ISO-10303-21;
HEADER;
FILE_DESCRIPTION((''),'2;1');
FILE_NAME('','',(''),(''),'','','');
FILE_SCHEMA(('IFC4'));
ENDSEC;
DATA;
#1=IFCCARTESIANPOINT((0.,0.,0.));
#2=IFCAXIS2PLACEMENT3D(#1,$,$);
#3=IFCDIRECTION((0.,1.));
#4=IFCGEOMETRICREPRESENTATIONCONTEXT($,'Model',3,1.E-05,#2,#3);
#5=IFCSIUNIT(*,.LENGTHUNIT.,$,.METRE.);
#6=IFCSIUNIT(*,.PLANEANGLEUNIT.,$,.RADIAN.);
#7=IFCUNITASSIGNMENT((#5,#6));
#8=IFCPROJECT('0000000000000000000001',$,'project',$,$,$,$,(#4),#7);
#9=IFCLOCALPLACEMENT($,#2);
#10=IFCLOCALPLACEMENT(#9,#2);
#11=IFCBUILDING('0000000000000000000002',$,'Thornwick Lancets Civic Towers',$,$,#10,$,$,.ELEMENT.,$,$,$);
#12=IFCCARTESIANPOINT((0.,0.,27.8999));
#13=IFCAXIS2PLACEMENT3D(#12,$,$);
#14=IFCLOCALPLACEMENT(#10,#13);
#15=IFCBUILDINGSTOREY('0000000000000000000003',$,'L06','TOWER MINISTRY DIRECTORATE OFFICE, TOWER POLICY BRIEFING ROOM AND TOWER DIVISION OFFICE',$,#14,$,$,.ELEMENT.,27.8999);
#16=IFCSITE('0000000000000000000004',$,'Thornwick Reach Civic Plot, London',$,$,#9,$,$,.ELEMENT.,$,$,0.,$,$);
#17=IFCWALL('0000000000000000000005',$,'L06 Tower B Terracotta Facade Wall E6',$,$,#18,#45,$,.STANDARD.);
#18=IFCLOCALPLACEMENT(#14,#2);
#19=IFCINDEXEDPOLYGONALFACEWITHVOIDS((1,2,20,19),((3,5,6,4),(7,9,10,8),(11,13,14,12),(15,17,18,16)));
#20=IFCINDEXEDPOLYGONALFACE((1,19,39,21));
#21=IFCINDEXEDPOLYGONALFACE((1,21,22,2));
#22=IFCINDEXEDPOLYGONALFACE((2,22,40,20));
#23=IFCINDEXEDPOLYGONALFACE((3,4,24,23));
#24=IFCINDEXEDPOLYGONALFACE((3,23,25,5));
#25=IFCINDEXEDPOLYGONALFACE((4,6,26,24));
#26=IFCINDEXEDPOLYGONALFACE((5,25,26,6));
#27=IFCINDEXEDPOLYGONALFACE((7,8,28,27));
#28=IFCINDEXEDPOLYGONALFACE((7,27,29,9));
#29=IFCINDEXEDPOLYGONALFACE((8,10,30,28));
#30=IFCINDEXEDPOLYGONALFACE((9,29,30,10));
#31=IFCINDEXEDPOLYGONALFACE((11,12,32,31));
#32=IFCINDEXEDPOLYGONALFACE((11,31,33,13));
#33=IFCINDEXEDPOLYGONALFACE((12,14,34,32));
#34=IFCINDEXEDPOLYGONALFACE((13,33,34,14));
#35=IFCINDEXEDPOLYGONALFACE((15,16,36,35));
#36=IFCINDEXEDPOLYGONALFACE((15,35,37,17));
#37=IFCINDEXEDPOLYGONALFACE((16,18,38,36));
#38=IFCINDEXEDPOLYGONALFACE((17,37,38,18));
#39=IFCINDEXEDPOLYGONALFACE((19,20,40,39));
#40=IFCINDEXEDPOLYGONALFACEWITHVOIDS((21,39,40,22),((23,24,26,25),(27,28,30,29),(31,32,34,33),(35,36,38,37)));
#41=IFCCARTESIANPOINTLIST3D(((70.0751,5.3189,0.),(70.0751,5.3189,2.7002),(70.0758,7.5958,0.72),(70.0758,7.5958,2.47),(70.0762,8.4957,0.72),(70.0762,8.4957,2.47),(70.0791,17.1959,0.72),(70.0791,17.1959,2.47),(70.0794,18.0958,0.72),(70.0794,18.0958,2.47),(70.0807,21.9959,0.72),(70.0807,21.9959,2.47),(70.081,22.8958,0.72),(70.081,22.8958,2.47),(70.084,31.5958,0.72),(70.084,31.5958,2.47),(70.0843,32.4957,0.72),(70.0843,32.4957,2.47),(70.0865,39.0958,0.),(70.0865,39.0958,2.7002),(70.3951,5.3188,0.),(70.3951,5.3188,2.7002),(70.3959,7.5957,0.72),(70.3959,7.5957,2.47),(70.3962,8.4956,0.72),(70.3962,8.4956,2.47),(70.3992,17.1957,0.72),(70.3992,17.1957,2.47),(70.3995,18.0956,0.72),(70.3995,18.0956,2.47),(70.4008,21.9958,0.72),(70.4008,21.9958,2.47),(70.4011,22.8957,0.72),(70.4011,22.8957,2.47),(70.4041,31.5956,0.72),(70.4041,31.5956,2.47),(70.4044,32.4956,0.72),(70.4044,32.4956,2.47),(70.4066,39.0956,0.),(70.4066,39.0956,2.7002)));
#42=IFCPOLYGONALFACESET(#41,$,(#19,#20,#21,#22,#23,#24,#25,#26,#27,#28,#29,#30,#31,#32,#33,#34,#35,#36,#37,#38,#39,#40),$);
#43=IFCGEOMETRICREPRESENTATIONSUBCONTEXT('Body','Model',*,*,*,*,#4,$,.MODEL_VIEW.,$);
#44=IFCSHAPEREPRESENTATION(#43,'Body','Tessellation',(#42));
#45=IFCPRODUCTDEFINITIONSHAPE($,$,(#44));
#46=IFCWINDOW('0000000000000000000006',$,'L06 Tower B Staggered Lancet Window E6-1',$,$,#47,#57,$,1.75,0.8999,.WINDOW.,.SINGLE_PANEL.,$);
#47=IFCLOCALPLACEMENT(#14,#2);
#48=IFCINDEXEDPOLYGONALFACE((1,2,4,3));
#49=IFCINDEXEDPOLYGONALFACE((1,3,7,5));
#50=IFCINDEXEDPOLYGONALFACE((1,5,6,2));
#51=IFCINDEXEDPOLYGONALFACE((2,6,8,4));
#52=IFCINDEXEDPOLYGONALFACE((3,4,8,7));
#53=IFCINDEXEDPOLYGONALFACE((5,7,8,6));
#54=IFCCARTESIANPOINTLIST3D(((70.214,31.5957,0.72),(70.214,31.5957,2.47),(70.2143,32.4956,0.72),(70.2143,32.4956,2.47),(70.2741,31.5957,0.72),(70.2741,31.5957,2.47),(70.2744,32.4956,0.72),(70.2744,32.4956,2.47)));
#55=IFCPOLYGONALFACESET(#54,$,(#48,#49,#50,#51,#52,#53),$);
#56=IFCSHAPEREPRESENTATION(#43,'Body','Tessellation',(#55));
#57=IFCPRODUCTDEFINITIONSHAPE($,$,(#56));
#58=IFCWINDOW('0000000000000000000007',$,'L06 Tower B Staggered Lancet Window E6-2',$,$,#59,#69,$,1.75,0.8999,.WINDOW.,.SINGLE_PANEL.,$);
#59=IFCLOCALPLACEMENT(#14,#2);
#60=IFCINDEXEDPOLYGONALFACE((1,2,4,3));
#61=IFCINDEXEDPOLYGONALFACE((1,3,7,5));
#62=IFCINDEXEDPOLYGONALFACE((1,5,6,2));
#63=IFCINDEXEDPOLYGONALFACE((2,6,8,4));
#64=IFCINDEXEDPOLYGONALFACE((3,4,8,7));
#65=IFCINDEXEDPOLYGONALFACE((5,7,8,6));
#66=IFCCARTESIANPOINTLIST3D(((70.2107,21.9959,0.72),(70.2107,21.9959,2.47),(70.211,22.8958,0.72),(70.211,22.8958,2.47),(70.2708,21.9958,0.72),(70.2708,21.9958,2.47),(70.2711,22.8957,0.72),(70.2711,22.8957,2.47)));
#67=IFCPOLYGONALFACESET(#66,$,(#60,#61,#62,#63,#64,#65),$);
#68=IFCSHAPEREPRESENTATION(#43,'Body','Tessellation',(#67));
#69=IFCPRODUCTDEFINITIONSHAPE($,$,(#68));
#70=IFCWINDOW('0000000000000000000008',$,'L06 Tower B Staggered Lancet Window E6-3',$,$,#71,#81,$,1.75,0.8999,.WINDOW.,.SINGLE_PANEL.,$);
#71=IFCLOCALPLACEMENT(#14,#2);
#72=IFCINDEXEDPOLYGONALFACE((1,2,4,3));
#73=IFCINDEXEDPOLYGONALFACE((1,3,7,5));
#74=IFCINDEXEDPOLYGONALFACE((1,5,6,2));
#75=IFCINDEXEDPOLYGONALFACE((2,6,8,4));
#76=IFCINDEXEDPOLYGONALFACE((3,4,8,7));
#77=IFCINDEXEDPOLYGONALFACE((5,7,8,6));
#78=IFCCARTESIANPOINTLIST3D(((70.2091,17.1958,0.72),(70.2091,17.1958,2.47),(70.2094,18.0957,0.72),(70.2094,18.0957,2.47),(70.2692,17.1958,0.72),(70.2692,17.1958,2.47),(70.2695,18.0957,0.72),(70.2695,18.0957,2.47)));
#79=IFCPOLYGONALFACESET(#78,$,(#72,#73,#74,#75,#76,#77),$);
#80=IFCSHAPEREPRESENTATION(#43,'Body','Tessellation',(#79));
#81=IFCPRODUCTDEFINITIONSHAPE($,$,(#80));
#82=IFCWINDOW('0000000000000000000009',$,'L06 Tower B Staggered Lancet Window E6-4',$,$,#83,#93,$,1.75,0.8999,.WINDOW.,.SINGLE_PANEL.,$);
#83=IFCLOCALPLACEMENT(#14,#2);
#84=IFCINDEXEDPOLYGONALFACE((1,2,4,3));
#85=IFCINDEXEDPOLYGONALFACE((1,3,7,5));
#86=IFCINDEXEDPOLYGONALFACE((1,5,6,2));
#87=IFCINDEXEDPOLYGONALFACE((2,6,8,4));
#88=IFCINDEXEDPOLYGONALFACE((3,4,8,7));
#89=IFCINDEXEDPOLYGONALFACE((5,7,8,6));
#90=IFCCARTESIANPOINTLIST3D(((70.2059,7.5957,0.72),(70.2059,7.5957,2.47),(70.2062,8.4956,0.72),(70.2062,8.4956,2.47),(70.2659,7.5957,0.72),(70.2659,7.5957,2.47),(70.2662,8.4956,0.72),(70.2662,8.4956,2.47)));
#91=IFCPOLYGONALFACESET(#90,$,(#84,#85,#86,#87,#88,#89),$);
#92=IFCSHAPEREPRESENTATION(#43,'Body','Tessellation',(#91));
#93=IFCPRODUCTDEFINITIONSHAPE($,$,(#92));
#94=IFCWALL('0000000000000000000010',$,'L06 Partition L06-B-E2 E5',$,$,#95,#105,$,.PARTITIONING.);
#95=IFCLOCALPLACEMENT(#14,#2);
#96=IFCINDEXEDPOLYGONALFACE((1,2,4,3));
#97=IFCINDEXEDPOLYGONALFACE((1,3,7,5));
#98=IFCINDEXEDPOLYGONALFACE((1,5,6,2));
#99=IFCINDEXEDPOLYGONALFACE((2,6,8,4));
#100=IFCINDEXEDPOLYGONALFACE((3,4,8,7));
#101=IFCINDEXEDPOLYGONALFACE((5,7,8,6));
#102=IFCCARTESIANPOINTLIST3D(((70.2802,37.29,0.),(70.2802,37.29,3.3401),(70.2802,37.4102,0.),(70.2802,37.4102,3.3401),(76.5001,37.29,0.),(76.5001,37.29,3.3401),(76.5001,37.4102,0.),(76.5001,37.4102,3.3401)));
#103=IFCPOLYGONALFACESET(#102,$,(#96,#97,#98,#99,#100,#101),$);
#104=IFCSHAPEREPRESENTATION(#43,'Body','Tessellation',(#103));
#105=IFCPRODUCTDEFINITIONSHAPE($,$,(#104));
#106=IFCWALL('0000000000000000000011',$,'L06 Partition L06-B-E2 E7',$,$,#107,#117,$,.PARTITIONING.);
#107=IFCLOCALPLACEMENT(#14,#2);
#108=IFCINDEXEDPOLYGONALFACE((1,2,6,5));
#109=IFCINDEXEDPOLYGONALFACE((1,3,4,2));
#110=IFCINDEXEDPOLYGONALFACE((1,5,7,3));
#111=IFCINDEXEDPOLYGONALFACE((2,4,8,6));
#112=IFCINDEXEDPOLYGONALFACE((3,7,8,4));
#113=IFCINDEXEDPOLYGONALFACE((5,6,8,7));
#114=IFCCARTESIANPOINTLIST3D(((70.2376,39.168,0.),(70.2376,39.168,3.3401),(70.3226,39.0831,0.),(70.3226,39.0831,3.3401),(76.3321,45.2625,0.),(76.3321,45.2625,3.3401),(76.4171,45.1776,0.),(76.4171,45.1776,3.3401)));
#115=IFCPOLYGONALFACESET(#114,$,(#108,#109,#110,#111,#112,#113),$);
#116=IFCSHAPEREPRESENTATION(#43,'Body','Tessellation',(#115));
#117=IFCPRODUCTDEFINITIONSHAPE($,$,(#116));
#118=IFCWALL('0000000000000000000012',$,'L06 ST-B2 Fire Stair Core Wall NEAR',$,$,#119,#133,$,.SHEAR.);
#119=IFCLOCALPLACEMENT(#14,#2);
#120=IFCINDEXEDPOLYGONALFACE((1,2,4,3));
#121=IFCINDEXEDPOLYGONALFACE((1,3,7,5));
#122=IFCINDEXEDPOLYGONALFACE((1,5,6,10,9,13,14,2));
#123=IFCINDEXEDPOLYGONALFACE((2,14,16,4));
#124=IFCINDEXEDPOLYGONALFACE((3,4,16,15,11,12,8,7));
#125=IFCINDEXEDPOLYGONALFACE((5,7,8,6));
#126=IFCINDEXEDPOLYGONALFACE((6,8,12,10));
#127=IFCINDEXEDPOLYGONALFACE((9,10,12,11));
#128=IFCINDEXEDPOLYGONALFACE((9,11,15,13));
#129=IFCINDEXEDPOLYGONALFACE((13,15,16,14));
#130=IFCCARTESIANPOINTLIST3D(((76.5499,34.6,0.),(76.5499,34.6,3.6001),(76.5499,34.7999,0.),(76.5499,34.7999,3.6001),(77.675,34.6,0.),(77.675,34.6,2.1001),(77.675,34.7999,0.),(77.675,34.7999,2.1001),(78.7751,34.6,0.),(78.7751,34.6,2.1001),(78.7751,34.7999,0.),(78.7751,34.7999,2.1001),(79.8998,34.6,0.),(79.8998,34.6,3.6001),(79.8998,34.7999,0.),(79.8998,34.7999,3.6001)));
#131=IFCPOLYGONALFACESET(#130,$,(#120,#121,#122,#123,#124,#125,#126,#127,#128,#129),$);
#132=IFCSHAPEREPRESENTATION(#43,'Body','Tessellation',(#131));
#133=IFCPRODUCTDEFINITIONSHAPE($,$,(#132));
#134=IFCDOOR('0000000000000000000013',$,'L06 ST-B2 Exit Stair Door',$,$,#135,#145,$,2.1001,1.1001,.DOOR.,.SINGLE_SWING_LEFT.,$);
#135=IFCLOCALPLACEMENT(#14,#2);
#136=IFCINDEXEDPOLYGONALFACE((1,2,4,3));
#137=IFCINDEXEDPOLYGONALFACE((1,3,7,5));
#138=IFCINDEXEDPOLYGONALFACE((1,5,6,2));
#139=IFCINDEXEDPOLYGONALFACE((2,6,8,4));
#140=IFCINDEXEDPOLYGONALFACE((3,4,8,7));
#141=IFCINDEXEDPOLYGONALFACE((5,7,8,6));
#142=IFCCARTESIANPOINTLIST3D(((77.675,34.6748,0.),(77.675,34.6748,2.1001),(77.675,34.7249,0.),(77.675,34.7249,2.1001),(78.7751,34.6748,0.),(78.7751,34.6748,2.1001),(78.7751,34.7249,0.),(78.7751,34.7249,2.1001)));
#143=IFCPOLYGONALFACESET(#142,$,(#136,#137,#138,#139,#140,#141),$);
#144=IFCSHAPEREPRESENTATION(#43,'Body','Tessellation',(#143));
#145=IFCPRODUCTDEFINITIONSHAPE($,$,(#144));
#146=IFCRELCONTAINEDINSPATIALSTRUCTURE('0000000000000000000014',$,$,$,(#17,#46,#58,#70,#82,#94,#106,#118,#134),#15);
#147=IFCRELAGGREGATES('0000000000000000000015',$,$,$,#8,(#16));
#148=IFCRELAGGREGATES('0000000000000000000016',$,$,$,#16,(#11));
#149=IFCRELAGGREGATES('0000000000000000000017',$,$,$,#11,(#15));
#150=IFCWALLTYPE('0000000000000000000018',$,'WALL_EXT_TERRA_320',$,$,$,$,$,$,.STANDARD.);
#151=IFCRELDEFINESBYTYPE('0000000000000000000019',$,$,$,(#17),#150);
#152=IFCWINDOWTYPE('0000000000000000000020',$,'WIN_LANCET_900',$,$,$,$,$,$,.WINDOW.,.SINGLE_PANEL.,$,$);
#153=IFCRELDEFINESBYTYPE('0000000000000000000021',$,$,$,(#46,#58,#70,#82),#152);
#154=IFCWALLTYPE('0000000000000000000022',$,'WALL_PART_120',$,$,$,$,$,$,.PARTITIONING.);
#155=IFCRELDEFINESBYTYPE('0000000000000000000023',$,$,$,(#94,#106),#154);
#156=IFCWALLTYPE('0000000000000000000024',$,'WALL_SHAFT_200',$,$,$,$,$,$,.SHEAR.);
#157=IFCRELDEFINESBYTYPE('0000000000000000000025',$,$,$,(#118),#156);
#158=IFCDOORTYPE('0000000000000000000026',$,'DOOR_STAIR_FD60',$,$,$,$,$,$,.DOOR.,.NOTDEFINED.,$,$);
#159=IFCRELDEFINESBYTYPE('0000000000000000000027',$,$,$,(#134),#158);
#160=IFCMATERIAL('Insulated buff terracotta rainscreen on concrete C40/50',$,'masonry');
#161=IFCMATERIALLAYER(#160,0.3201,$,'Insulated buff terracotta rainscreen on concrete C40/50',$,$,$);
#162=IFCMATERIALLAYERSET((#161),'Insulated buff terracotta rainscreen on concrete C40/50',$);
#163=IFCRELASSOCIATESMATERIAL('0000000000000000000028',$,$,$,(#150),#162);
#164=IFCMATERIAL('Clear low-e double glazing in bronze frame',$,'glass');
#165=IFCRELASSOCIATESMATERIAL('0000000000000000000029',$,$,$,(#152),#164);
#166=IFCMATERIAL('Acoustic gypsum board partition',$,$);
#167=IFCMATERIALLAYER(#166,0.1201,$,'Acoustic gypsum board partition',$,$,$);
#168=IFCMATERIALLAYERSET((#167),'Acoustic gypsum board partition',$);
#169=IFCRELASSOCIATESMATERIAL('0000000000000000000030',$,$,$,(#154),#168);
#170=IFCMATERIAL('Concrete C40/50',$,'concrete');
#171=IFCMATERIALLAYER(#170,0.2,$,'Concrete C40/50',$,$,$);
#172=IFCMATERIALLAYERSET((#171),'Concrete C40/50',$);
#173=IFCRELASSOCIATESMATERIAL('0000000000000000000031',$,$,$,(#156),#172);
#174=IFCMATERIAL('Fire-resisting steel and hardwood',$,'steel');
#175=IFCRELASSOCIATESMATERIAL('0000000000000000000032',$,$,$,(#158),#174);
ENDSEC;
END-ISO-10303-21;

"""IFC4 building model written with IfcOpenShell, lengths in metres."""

from ifc_helpers import new_model, si_unit, direction, frame, frame_2d, origin, place, context, subcontext, project, spatial, rectangle, extrude, material, layer, layer_set, type_object, element, fill, save


model = new_model("IFC4")

# Units and contexts
model_context = context("Model", 3, precision=1e-05, world=origin(), true_north=direction((0.0, 1.0)))
body_context = subcontext(model_context, "Body", "Model", "MODEL_VIEW")
ifc_project = project(units=[si_unit("LENGTHUNIT", "METRE"), si_unit("PLANEANGLEUNIT", "RADIAN")], contexts=[model_context])

# Site, building, storey
site_placement = place(None, origin())
site = spatial("IfcSite", under=ifc_project, at=site_placement, Name="Thornwick Reach Civic Plot, London", CompositionType="ELEMENT", RefElevation=0.0)
building_placement = place(site_placement, origin())
building = spatial("IfcBuilding", under=site, at=building_placement, Name="Thornwick Lancets Civic Towers", CompositionType="ELEMENT")
storey_placement = place(building_placement, frame((0.0, 0.0, 27.8999)))
storey = spatial("IfcBuildingStorey", under=building, at=storey_placement, Name="L06", Description="TOWER MINISTRY DIRECTORATE OFFICE, TOWER POLICY BRIEFING ROOM AND TOWER DIVISION OFFICE", CompositionType="ELEMENT", Elevation=27.8999)

# Shared definitions
ifc_material_1 = material(Name="Concrete C40/50", Category="concrete")

# Wall, openings, windows
ifc_material_2 = material(Name="Insulated buff terracotta rainscreen on concrete C40/50", Category="masonry")
ifc_layer_1 = layer(ifc_material_2, 0.3201, Name="Insulated buff terracotta rainscreen on concrete C40/50")
ifc_layer_set_1 = layer_set([ifc_layer_1], Name="Insulated buff terracotta rainscreen on concrete C40/50")
wall_type_1 = type_object("IfcWallType", Name="WALL_EXT_TERRA_320", PredefinedType="STANDARD", material=ifc_layer_set_1)
wall_1_placement = place(storey_placement, frame((70.2466, 39.0957, 0.0), z_axis=(0.0, 0.0, 1.0), x_axis=(-0.00034, -1.0, 0.0)))
wall_1 = element("IfcWall", 1, at=wall_1_placement, inside=storey, type_object=wall_type_1, Name="L06 Tower B Terracotta Facade Wall E6", PredefinedType="STANDARD", context=body_context, shape_type="SweptSolid", body=[
    extrude(rectangle(XDim=33.7769, YDim=0.3201, at=frame_2d((16.8884, 0.0))), origin(), (0.0, 0.0, 1.0), 2.7002),
])
opening_1_placement = place(wall_1_placement, frame((6.6001, 0.0, 0.72)))
opening_1 = element("IfcOpeningElement", 2, at=opening_1_placement, cuts=wall_1, PredefinedType="OPENING", context=body_context, shape_type="SweptSolid", body=[
    extrude(rectangle(XDim=0.8999, YDim=1.75, at=frame_2d((0.45, 0.875))), frame((0.0, 0.1699, 0.0), z_axis=(0.0, -1.0, 0.0), x_axis=(1.0, 0.0, 0.0)), (0.0, 0.0, 1.0), 0.3401),
])
opening_2_placement = place(wall_1_placement, frame((16.2, 0.0, 0.72)))
opening_2 = element("IfcOpeningElement", 3, at=opening_2_placement, cuts=wall_1, PredefinedType="OPENING", context=body_context, shape_type="SweptSolid", body=[
    extrude(rectangle(XDim=0.8999, YDim=1.75, at=frame_2d((0.45, 0.875))), frame((0.0, 0.1699, 0.0), z_axis=(0.0, -1.0, 0.0), x_axis=(1.0, 0.0, 0.0)), (0.0, 0.0, 1.0), 0.3401),
])
opening_3_placement = place(wall_1_placement, frame((21.0, 0.0, 0.72)))
opening_3 = element("IfcOpeningElement", 4, at=opening_3_placement, cuts=wall_1, PredefinedType="OPENING", context=body_context, shape_type="SweptSolid", body=[
    extrude(rectangle(XDim=0.8999, YDim=1.75, at=frame_2d((0.45, 0.875))), frame((0.0, 0.1699, 0.0), z_axis=(0.0, -1.0, 0.0), x_axis=(1.0, 0.0, 0.0)), (0.0, 0.0, 1.0), 0.3401),
])
opening_4_placement = place(wall_1_placement, frame((30.6001, 0.0, 0.72)))
opening_4 = element("IfcOpeningElement", 5, at=opening_4_placement, cuts=wall_1, PredefinedType="OPENING", context=body_context, shape_type="SweptSolid", body=[
    extrude(rectangle(XDim=0.8999, YDim=1.75, at=frame_2d((0.45, 0.875))), frame((0.0, 0.1699, 0.0), z_axis=(0.0, -1.0, 0.0), x_axis=(1.0, 0.0, 0.0)), (0.0, 0.0, 1.0), 0.3401),
])
ifc_material_3 = material(Name="Clear low-e double glazing in bronze frame", Category="glass")
window_type = type_object("IfcWindowType", Name="WIN_LANCET_900", PartitioningType="SINGLE_PANEL", PredefinedType="WINDOW", material=ifc_material_3)
window_1_placement = place(opening_1_placement, origin())
window_1 = element("IfcWindow", 6, at=window_1_placement, inside=storey, type_object=window_type, Name="L06 Tower B Staggered Lancet Window E6-1", OverallHeight=1.75, OverallWidth=0.8999, PartitioningType="SINGLE_PANEL", PredefinedType="WINDOW", context=body_context, shape_type="SweptSolid", body=[
    extrude(rectangle(XDim=0.8999, YDim=1.75, at=frame_2d((0.45, 0.875))), frame((0.0, 0.03, 0.0), z_axis=(0.0, -1.0, 0.0), x_axis=(1.0, 0.0, 0.0)), (0.0, 0.0, 1.0), 0.0601),
])
fill(opening_1, window_1)
window_2_placement = place(opening_2_placement, origin())
window_2 = element("IfcWindow", 7, at=window_2_placement, inside=storey, type_object=window_type, Name="L06 Tower B Staggered Lancet Window E6-2", OverallHeight=1.75, OverallWidth=0.8999, PartitioningType="SINGLE_PANEL", PredefinedType="WINDOW", context=body_context, shape_type="SweptSolid", body=[
    extrude(rectangle(XDim=0.8999, YDim=1.75, at=frame_2d((0.45, 0.875))), frame((0.0, 0.03, 0.0), z_axis=(0.0, -1.0, 0.0), x_axis=(1.0, 0.0, 0.0)), (0.0, 0.0, 1.0), 0.0601),
])
fill(opening_2, window_2)
window_3_placement = place(opening_3_placement, origin())
window_3 = element("IfcWindow", 8, at=window_3_placement, inside=storey, type_object=window_type, Name="L06 Tower B Staggered Lancet Window E6-3", OverallHeight=1.75, OverallWidth=0.8999, PartitioningType="SINGLE_PANEL", PredefinedType="WINDOW", context=body_context, shape_type="SweptSolid", body=[
    extrude(rectangle(XDim=0.8999, YDim=1.75, at=frame_2d((0.45, 0.875))), frame((0.0, 0.03, 0.0), z_axis=(0.0, -1.0, 0.0), x_axis=(1.0, 0.0, 0.0)), (0.0, 0.0, 1.0), 0.0601),
])
fill(opening_3, window_3)
window_4_placement = place(opening_4_placement, origin())
window_4 = element("IfcWindow", 9, at=window_4_placement, inside=storey, type_object=window_type, Name="L06 Tower B Staggered Lancet Window E6-4", OverallHeight=1.75, OverallWidth=0.8999, PartitioningType="SINGLE_PANEL", PredefinedType="WINDOW", context=body_context, shape_type="SweptSolid", body=[
    extrude(rectangle(XDim=0.8999, YDim=1.75, at=frame_2d((0.45, 0.875))), frame((0.0, 0.03, 0.0), z_axis=(0.0, -1.0, 0.0), x_axis=(1.0, 0.0, 0.0)), (0.0, 0.0, 1.0), 0.0601),
])
fill(opening_4, window_4)

# Walls
ifc_material_4 = material(Name="Acoustic gypsum board partition")
ifc_layer_2 = layer(ifc_material_4, 0.1201, Name="Acoustic gypsum board partition")
ifc_layer_set_2 = layer_set([ifc_layer_2], Name="Acoustic gypsum board partition")
wall_type_2 = type_object("IfcWallType", Name="WALL_PART_120", PredefinedType="PARTITIONING", material=ifc_layer_set_2)
wall_2_placement = place(storey_placement, frame((76.5, 37.3501, 0.0), z_axis=(0.0, 0.0, 1.0), x_axis=(-1.0, 0.0, 0.0)))
element("IfcWall", 10, at=wall_2_placement, inside=storey, type_object=wall_type_2, Name="L06 Partition L06-B-E2 E5", PredefinedType="PARTITIONING", context=body_context, shape_type="SweptSolid", body=[
    extrude(rectangle(XDim=6.22, YDim=0.1201, at=frame_2d((3.1099, 0.0))), origin(), (0.0, 0.0, 1.0), 3.3401),
])
wall_3_placement = place(storey_placement, frame((70.28, 39.1255, 0.0), z_axis=(0.0, 0.0, 1.0), x_axis=(0.707107, 0.707107, 0.0)))
element("IfcWall", 11, at=wall_3_placement, inside=storey, type_object=wall_type_2, Name="L06 Partition L06-B-E2 E7", PredefinedType="PARTITIONING", context=body_context, shape_type="SweptSolid", body=[
    extrude(rectangle(XDim=8.6189, YDim=0.1201, at=frame_2d((4.3096, 0.0))), origin(), (0.0, 0.0, 1.0), 3.3401),
])

# Wall, opening, door
ifc_layer_3 = layer(ifc_material_1, 0.2, Name="Concrete C40/50")
ifc_layer_set_3 = layer_set([ifc_layer_3], Name="Concrete C40/50")
wall_type_3 = type_object("IfcWallType", Name="WALL_SHAFT_200", PredefinedType="SHEAR", material=ifc_layer_set_3)
wall_4_placement = place(storey_placement, frame((76.55, 34.7, 0.0), z_axis=(0.0, 0.0, 1.0), x_axis=(1.0, 0.0, 0.0)))
wall_4 = element("IfcWall", 12, at=wall_4_placement, inside=storey, type_object=wall_type_3, Name="L06 ST-B2 Fire Stair Core Wall NEAR", PredefinedType="SHEAR", context=body_context, shape_type="SweptSolid", body=[
    extrude(rectangle(XDim=3.3499, YDim=0.2, at=frame_2d((1.6748, 0.0))), origin(), (0.0, 0.0, 1.0), 3.6001),
])
opening_5_placement = place(wall_4_placement, frame((1.125, 0.0, 0.0)))
opening_5 = element("IfcOpeningElement", 13, at=opening_5_placement, cuts=wall_4, PredefinedType="OPENING", context=body_context, shape_type="SweptSolid", body=[
    extrude(rectangle(XDim=1.1001, YDim=2.1001, at=frame_2d((0.55, 1.05))), frame((0.0, 0.1099, 0.0), z_axis=(0.0, -1.0, 0.0), x_axis=(1.0, 0.0, 0.0)), (0.0, 0.0, 1.0), 0.22),
])
ifc_material_5 = material(Name="Fire-resisting steel and hardwood", Category="steel")
door_type = type_object("IfcDoorType", Name="DOOR_STAIR_FD60", OperationType="NOTDEFINED", PredefinedType="DOOR", material=ifc_material_5)
door_placement = place(opening_5_placement, origin())
door = element("IfcDoor", 14, at=door_placement, inside=storey, type_object=door_type, Name="L06 ST-B2 Exit Stair Door", OperationType="SINGLE_SWING_LEFT", OverallHeight=2.1001, OverallWidth=1.1001, PredefinedType="DOOR", context=body_context, shape_type="SweptSolid", body=[
    extrude(rectangle(XDim=1.1001, YDim=2.1001, at=frame_2d((0.55, 1.05))), frame((0.0, 0.0249, 0.0), z_axis=(0.0, -1.0, 0.0), x_axis=(1.0, 0.0, 0.0)), (0.0, 0.0, 1.0), 0.05),
])
fill(opening_5, door)

save(model, "model.ifc")
